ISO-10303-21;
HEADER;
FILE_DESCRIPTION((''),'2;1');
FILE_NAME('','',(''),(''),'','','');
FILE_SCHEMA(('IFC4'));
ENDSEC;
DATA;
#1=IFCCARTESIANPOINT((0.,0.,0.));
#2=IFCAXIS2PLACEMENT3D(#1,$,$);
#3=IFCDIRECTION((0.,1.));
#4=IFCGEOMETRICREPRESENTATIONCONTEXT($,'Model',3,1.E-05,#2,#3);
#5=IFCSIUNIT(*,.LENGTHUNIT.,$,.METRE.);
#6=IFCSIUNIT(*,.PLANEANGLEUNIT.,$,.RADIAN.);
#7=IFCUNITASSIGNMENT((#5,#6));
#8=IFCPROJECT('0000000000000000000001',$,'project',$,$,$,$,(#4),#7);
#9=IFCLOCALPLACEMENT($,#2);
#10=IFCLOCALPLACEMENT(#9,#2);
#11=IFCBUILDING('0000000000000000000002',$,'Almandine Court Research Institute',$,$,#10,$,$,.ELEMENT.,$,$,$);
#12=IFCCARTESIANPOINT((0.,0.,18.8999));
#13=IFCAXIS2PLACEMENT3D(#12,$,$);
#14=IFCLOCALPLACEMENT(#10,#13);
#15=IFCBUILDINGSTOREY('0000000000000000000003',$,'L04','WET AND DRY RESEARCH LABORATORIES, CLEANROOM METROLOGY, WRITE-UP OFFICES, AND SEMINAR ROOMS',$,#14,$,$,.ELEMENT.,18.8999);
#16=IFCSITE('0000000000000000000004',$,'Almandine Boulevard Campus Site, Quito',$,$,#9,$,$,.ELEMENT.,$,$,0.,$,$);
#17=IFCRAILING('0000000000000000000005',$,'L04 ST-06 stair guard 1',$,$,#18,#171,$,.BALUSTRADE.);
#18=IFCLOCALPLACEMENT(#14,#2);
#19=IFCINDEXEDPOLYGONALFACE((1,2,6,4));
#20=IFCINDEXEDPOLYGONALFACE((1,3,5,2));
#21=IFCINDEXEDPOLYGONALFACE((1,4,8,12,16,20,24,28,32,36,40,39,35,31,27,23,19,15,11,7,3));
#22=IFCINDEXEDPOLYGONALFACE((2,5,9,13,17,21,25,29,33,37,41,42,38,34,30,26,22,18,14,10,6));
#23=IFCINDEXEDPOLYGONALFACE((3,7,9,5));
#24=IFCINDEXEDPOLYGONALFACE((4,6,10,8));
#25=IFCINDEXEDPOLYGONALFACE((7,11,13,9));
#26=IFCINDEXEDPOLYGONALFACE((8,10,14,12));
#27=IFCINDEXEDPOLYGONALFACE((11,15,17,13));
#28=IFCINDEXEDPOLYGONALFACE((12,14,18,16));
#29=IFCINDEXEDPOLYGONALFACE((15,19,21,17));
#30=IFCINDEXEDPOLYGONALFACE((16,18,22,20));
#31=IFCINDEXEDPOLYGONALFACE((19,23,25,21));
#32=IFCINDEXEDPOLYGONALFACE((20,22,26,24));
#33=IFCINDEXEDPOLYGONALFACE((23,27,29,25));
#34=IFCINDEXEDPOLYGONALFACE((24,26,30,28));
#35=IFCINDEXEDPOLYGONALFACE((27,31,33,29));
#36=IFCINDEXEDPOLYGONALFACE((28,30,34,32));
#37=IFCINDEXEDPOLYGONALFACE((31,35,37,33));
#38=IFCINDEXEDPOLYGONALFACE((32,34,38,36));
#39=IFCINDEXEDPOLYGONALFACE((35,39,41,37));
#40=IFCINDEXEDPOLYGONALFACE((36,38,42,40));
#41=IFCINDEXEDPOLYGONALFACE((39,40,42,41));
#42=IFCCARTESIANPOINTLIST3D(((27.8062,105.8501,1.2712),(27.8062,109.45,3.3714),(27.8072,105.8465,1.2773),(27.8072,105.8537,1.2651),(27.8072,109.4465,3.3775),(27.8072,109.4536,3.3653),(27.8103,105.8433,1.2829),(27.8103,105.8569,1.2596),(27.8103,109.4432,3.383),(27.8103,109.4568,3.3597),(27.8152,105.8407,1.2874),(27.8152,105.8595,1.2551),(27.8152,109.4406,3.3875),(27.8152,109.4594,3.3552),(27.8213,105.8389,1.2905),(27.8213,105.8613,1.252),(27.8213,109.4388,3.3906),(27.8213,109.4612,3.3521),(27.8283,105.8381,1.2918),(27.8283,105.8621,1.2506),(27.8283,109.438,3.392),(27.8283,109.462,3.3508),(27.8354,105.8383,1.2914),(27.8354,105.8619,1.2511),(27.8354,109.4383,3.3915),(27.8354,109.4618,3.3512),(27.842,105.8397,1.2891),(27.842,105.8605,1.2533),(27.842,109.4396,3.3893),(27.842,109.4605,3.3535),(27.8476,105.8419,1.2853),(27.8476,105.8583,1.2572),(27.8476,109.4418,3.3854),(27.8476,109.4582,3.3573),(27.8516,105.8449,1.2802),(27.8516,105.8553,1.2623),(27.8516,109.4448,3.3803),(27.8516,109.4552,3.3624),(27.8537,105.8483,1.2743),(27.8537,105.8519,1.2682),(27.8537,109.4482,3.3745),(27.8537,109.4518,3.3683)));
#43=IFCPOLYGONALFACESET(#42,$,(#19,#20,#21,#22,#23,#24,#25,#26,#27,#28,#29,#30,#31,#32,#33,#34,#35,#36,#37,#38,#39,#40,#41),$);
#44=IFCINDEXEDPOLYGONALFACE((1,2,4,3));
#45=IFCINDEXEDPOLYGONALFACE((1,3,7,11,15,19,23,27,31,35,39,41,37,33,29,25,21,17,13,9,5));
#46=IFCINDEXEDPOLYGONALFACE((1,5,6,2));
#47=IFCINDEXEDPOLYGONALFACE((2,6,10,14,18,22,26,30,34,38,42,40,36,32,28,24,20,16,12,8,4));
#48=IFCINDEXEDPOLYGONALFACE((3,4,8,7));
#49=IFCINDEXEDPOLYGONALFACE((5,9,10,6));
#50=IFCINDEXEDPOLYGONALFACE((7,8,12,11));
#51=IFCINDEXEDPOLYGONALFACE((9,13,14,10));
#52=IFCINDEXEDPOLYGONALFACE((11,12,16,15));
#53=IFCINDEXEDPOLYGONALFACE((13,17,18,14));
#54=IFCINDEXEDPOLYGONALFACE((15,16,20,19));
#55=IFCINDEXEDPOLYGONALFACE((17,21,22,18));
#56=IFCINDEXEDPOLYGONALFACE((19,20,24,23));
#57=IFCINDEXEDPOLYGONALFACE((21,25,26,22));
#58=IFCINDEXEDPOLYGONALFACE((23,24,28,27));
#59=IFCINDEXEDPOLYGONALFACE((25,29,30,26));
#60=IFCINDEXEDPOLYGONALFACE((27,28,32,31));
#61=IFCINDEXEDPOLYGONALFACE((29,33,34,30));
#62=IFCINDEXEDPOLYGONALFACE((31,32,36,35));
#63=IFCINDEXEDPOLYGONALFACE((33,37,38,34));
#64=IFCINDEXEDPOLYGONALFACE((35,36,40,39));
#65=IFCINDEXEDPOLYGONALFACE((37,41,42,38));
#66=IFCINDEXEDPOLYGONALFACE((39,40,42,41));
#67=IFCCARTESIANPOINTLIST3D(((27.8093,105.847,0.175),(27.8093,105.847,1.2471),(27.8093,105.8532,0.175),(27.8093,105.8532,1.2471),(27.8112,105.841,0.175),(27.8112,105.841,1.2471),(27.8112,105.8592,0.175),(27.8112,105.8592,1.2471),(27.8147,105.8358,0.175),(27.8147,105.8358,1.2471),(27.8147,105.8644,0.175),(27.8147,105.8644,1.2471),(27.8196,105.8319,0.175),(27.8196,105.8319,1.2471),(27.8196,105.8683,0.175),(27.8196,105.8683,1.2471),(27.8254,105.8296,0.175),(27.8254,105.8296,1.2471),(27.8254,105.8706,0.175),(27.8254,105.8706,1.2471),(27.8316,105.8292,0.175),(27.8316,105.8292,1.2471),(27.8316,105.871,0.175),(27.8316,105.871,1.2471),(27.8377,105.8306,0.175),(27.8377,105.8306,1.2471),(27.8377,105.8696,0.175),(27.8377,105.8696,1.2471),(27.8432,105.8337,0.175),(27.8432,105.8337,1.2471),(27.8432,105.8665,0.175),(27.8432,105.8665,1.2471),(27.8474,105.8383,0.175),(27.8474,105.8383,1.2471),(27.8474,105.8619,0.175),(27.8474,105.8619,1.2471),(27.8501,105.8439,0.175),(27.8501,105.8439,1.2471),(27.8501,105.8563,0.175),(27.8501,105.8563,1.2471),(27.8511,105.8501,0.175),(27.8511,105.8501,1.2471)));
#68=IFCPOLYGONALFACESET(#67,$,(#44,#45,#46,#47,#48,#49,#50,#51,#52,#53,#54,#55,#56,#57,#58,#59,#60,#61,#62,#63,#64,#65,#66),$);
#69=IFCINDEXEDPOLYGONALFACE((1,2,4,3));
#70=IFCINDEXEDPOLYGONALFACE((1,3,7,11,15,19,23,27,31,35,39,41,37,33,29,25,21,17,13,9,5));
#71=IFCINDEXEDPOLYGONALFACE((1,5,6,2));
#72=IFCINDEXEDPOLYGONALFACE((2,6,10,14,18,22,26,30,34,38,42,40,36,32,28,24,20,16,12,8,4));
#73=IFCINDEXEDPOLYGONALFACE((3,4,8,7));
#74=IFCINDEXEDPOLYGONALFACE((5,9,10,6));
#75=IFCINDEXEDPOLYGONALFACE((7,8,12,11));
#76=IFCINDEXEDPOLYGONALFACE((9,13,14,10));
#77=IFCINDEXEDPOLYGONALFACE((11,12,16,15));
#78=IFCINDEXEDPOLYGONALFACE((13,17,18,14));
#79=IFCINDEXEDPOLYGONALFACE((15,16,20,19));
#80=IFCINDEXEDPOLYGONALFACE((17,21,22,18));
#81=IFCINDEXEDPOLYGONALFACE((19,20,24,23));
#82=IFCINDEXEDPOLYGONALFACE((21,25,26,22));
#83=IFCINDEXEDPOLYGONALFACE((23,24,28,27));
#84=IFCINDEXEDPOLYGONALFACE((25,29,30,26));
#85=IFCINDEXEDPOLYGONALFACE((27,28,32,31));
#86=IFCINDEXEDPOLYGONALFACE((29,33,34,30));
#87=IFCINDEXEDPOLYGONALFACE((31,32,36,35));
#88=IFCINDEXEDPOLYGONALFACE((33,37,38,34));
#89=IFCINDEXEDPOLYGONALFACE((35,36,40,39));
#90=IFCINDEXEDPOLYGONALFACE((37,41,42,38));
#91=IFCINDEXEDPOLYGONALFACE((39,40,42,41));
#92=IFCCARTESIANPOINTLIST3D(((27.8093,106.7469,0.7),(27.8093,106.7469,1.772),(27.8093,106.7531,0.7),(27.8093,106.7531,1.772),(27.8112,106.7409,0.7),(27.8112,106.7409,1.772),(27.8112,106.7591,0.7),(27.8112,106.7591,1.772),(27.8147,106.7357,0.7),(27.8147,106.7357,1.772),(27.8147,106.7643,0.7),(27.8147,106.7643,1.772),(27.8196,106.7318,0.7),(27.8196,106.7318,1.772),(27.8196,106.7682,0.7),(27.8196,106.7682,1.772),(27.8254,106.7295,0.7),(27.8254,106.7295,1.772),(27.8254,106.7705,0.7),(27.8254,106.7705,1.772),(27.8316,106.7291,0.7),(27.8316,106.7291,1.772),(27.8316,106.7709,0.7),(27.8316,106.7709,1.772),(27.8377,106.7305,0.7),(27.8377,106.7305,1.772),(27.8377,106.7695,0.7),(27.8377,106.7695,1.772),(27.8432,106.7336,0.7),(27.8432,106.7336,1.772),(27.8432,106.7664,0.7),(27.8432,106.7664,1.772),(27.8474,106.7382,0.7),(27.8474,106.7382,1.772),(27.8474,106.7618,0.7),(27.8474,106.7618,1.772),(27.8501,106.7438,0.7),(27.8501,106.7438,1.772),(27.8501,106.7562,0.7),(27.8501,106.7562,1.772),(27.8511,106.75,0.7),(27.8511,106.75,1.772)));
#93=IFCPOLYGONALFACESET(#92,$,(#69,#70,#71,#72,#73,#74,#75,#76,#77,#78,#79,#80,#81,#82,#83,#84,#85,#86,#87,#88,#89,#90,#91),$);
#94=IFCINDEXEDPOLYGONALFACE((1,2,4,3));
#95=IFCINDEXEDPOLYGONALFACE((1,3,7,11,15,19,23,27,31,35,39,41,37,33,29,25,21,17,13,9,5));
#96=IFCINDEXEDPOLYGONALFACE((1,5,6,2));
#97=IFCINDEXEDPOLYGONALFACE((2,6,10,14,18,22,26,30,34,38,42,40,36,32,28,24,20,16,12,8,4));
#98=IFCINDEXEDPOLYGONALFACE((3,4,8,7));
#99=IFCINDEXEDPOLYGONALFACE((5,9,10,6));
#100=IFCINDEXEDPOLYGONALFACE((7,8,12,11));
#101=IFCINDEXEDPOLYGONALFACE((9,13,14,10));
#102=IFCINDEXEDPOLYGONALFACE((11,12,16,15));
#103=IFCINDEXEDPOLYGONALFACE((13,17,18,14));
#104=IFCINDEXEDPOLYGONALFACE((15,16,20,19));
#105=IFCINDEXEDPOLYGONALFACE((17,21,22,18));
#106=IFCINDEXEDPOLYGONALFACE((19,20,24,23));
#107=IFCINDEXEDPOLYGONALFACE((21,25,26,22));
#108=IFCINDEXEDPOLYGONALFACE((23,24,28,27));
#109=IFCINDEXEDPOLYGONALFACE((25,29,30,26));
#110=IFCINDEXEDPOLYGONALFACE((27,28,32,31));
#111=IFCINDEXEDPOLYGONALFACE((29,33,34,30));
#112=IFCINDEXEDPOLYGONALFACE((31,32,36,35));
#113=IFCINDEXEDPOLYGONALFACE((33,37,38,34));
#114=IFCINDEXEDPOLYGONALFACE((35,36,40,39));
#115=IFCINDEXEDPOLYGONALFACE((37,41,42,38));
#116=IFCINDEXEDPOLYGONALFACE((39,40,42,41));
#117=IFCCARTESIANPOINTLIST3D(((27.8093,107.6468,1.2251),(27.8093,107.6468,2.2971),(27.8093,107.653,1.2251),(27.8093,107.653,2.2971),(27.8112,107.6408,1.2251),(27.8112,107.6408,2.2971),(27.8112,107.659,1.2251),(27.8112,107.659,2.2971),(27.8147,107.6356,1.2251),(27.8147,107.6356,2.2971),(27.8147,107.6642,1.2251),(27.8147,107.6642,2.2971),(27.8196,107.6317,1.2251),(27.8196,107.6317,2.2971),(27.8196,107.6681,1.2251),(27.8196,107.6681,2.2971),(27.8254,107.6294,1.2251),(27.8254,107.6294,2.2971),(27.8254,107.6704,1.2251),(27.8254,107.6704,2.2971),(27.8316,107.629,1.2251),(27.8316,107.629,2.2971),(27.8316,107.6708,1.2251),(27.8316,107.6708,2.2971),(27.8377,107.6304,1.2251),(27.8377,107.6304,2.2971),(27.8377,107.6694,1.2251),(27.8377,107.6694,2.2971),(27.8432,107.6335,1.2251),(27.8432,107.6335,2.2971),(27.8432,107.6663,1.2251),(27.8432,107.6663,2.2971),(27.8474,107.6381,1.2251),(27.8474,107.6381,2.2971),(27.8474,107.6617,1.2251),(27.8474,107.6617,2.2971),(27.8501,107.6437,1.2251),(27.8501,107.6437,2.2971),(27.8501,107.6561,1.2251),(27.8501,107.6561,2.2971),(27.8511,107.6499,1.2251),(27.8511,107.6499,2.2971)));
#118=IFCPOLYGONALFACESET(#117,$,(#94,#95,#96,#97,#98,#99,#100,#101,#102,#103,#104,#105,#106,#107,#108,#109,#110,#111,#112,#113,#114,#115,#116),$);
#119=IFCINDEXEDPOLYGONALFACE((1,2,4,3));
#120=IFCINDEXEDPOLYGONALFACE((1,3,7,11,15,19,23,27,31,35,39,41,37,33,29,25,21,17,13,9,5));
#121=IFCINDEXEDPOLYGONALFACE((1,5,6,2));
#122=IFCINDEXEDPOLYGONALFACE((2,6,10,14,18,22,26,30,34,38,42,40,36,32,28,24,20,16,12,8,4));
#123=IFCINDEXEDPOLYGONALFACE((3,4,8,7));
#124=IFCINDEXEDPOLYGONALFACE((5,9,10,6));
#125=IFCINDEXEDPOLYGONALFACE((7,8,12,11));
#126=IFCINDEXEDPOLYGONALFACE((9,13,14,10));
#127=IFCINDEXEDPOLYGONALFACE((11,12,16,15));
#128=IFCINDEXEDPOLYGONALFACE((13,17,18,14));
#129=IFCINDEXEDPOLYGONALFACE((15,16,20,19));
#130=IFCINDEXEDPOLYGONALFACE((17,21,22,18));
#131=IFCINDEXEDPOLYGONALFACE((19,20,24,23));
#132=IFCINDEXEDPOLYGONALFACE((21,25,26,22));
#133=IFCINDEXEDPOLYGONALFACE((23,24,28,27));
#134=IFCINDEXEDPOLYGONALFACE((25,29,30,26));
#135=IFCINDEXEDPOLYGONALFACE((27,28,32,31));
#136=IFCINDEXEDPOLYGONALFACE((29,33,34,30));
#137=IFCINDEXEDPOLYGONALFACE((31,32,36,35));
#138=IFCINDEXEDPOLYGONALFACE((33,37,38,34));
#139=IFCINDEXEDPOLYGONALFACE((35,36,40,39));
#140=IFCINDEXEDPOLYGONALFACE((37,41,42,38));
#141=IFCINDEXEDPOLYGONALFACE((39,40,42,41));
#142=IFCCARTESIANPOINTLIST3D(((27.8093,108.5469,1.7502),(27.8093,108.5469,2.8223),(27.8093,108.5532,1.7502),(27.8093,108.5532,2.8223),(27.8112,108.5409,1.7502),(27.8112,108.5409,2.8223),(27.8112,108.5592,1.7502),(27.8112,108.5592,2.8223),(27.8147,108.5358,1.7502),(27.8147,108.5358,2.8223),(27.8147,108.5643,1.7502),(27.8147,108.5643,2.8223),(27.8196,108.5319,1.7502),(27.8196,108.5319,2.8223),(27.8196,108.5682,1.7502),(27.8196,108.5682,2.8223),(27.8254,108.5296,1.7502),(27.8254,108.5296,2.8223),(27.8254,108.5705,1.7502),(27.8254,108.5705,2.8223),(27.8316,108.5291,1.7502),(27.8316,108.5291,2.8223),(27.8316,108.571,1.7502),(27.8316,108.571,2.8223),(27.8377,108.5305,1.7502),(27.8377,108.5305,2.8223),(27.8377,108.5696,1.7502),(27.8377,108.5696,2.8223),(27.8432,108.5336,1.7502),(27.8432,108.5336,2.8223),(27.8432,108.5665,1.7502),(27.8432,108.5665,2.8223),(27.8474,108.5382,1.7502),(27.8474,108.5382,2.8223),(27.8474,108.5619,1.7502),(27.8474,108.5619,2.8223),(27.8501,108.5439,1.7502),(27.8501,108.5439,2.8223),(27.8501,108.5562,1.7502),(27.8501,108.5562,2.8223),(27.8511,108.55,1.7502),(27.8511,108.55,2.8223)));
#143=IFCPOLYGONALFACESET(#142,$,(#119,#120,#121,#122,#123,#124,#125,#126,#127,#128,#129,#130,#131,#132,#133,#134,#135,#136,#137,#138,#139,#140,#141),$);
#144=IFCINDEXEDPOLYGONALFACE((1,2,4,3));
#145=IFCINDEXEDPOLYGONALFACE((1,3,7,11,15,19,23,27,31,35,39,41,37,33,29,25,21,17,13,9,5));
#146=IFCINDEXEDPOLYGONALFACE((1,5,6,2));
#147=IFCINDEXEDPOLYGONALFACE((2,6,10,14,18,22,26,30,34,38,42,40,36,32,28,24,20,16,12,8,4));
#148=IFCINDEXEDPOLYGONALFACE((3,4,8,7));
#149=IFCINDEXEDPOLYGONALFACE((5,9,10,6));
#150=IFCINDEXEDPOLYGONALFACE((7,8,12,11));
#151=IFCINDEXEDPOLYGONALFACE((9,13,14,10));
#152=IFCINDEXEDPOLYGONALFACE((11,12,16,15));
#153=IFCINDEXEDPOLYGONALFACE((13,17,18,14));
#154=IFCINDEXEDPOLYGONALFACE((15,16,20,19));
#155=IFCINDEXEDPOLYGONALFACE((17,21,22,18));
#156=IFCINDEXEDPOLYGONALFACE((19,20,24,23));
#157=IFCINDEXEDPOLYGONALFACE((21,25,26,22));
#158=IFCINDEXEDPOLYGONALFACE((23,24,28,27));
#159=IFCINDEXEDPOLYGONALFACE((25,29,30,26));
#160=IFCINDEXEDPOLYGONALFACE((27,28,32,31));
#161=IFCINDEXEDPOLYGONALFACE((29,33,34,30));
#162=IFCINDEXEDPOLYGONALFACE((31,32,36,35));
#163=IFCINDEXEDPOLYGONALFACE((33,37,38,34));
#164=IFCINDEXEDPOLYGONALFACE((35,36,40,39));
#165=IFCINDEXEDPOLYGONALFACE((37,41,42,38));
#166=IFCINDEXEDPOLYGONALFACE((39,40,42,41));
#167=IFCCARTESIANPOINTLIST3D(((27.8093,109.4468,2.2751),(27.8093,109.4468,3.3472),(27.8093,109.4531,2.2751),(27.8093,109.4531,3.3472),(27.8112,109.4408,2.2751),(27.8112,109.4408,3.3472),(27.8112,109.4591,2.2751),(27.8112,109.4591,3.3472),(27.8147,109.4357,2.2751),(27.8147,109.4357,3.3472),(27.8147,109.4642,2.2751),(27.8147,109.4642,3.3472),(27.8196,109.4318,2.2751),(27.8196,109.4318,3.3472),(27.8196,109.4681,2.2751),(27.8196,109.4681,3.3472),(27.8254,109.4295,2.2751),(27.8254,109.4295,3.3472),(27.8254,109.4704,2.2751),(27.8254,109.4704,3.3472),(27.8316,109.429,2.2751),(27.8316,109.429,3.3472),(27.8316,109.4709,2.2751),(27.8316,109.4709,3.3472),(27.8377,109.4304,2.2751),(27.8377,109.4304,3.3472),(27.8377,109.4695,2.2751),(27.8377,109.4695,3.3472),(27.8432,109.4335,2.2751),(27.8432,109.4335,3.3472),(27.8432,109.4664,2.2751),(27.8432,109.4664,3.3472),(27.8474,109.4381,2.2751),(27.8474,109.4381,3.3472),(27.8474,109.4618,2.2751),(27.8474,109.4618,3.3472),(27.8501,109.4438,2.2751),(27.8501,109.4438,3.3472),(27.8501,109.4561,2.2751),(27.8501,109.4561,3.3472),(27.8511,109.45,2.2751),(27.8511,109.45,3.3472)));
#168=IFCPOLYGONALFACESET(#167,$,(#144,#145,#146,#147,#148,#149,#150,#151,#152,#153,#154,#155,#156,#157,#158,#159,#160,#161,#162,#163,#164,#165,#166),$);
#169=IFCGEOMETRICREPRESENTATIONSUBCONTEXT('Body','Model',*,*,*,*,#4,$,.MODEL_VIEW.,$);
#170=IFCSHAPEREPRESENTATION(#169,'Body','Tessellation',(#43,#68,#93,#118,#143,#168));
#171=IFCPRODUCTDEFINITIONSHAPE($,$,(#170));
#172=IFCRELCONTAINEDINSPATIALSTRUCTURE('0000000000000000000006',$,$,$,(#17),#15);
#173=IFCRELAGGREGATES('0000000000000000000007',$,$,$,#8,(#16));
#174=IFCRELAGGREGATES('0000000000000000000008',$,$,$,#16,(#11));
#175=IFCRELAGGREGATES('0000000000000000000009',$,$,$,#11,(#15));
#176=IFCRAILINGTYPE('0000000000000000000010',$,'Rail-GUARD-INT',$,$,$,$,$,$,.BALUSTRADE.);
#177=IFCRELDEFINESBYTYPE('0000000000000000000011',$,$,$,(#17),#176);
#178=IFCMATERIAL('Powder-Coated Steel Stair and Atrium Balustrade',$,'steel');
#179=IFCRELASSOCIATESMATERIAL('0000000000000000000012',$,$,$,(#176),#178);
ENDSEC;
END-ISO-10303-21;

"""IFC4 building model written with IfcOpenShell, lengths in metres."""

from ifc_helpers import new_model, si_unit, direction, frame, origin, origin_2d, place, context, subcontext, project, spatial, circle, extrude, material, type_object, element, save


model = new_model("IFC4")

# Units and contexts
model_context = context("Model", 3, precision=1e-05, world=origin(), true_north=direction((0.0, 1.0)))
body_context = subcontext(model_context, "Body", "Model", "MODEL_VIEW")
ifc_project = project(units=[si_unit("LENGTHUNIT", "METRE"), si_unit("PLANEANGLEUNIT", "RADIAN")], contexts=[model_context])

# Site, building, storey
site_placement = place(None, origin())
site = spatial("IfcSite", under=ifc_project, at=site_placement, Name="Almandine Boulevard Campus Site, Quito", CompositionType="ELEMENT", RefElevation=0.0)
building_placement = place(site_placement, origin())
building = spatial("IfcBuilding", under=site, at=building_placement, Name="Almandine Court Research Institute", CompositionType="ELEMENT")
storey_placement = place(building_placement, frame((0.0, 0.0, 18.8999)))
storey = spatial("IfcBuildingStorey", under=building, at=storey_placement, Name="L04", Description="WET AND DRY RESEARCH LABORATORIES, CLEANROOM METROLOGY, WRITE-UP OFFICES, AND SEMINAR ROOMS", CompositionType="ELEMENT", Elevation=18.8999)

# Railing
ifc_material_1 = material(Name="Powder-Coated Steel Stair and Atrium Balustrade", Category="steel")
railing_type_1 = type_object("IfcRailingType", Name="Rail-GUARD-INT", PredefinedType="BALUSTRADE", material=ifc_material_1)
railing_1_placement = place(storey_placement, frame((27.8301, 105.8501, 0.175)))
element("IfcRailing", 1, at=railing_1_placement, inside=storey, type_object=railing_type_1, Name="L04 ST-06 stair guard 1", PredefinedType="BALUSTRADE", context=body_context, shape_type="SweptSolid", body=[
    extrude(circle(Radius=0.0239, at=origin_2d()), frame((0.0, 0.0, 1.0962), z_axis=(0.0, 0.86376, 0.503904), x_axis=(-1.0, 0.0, 0.0)), (0.0, 0.0, 1.0), 4.1677),
    extrude(circle(Radius=0.021, at=origin_2d()), origin(), (0.0, 0.0, 1.0), 1.072),
    extrude(circle(Radius=0.021, at=origin_2d()), frame((0.0, 0.8999, 0.5249)), (0.0, 0.0, 1.0), 1.072),
    extrude(circle(Radius=0.021, at=origin_2d()), frame((0.0, 1.7998, 1.05)), (0.0, 0.0, 1.0), 1.072),
    extrude(circle(Radius=0.021, at=origin_2d()), frame((0.0, 2.7, 1.5752)), (0.0, 0.0, 1.0), 1.072),
    extrude(circle(Radius=0.021, at=origin_2d()), frame((0.0, 3.5999, 2.1001)), (0.0, 0.0, 1.0), 1.072),
])

save(model, "model.ifc")
